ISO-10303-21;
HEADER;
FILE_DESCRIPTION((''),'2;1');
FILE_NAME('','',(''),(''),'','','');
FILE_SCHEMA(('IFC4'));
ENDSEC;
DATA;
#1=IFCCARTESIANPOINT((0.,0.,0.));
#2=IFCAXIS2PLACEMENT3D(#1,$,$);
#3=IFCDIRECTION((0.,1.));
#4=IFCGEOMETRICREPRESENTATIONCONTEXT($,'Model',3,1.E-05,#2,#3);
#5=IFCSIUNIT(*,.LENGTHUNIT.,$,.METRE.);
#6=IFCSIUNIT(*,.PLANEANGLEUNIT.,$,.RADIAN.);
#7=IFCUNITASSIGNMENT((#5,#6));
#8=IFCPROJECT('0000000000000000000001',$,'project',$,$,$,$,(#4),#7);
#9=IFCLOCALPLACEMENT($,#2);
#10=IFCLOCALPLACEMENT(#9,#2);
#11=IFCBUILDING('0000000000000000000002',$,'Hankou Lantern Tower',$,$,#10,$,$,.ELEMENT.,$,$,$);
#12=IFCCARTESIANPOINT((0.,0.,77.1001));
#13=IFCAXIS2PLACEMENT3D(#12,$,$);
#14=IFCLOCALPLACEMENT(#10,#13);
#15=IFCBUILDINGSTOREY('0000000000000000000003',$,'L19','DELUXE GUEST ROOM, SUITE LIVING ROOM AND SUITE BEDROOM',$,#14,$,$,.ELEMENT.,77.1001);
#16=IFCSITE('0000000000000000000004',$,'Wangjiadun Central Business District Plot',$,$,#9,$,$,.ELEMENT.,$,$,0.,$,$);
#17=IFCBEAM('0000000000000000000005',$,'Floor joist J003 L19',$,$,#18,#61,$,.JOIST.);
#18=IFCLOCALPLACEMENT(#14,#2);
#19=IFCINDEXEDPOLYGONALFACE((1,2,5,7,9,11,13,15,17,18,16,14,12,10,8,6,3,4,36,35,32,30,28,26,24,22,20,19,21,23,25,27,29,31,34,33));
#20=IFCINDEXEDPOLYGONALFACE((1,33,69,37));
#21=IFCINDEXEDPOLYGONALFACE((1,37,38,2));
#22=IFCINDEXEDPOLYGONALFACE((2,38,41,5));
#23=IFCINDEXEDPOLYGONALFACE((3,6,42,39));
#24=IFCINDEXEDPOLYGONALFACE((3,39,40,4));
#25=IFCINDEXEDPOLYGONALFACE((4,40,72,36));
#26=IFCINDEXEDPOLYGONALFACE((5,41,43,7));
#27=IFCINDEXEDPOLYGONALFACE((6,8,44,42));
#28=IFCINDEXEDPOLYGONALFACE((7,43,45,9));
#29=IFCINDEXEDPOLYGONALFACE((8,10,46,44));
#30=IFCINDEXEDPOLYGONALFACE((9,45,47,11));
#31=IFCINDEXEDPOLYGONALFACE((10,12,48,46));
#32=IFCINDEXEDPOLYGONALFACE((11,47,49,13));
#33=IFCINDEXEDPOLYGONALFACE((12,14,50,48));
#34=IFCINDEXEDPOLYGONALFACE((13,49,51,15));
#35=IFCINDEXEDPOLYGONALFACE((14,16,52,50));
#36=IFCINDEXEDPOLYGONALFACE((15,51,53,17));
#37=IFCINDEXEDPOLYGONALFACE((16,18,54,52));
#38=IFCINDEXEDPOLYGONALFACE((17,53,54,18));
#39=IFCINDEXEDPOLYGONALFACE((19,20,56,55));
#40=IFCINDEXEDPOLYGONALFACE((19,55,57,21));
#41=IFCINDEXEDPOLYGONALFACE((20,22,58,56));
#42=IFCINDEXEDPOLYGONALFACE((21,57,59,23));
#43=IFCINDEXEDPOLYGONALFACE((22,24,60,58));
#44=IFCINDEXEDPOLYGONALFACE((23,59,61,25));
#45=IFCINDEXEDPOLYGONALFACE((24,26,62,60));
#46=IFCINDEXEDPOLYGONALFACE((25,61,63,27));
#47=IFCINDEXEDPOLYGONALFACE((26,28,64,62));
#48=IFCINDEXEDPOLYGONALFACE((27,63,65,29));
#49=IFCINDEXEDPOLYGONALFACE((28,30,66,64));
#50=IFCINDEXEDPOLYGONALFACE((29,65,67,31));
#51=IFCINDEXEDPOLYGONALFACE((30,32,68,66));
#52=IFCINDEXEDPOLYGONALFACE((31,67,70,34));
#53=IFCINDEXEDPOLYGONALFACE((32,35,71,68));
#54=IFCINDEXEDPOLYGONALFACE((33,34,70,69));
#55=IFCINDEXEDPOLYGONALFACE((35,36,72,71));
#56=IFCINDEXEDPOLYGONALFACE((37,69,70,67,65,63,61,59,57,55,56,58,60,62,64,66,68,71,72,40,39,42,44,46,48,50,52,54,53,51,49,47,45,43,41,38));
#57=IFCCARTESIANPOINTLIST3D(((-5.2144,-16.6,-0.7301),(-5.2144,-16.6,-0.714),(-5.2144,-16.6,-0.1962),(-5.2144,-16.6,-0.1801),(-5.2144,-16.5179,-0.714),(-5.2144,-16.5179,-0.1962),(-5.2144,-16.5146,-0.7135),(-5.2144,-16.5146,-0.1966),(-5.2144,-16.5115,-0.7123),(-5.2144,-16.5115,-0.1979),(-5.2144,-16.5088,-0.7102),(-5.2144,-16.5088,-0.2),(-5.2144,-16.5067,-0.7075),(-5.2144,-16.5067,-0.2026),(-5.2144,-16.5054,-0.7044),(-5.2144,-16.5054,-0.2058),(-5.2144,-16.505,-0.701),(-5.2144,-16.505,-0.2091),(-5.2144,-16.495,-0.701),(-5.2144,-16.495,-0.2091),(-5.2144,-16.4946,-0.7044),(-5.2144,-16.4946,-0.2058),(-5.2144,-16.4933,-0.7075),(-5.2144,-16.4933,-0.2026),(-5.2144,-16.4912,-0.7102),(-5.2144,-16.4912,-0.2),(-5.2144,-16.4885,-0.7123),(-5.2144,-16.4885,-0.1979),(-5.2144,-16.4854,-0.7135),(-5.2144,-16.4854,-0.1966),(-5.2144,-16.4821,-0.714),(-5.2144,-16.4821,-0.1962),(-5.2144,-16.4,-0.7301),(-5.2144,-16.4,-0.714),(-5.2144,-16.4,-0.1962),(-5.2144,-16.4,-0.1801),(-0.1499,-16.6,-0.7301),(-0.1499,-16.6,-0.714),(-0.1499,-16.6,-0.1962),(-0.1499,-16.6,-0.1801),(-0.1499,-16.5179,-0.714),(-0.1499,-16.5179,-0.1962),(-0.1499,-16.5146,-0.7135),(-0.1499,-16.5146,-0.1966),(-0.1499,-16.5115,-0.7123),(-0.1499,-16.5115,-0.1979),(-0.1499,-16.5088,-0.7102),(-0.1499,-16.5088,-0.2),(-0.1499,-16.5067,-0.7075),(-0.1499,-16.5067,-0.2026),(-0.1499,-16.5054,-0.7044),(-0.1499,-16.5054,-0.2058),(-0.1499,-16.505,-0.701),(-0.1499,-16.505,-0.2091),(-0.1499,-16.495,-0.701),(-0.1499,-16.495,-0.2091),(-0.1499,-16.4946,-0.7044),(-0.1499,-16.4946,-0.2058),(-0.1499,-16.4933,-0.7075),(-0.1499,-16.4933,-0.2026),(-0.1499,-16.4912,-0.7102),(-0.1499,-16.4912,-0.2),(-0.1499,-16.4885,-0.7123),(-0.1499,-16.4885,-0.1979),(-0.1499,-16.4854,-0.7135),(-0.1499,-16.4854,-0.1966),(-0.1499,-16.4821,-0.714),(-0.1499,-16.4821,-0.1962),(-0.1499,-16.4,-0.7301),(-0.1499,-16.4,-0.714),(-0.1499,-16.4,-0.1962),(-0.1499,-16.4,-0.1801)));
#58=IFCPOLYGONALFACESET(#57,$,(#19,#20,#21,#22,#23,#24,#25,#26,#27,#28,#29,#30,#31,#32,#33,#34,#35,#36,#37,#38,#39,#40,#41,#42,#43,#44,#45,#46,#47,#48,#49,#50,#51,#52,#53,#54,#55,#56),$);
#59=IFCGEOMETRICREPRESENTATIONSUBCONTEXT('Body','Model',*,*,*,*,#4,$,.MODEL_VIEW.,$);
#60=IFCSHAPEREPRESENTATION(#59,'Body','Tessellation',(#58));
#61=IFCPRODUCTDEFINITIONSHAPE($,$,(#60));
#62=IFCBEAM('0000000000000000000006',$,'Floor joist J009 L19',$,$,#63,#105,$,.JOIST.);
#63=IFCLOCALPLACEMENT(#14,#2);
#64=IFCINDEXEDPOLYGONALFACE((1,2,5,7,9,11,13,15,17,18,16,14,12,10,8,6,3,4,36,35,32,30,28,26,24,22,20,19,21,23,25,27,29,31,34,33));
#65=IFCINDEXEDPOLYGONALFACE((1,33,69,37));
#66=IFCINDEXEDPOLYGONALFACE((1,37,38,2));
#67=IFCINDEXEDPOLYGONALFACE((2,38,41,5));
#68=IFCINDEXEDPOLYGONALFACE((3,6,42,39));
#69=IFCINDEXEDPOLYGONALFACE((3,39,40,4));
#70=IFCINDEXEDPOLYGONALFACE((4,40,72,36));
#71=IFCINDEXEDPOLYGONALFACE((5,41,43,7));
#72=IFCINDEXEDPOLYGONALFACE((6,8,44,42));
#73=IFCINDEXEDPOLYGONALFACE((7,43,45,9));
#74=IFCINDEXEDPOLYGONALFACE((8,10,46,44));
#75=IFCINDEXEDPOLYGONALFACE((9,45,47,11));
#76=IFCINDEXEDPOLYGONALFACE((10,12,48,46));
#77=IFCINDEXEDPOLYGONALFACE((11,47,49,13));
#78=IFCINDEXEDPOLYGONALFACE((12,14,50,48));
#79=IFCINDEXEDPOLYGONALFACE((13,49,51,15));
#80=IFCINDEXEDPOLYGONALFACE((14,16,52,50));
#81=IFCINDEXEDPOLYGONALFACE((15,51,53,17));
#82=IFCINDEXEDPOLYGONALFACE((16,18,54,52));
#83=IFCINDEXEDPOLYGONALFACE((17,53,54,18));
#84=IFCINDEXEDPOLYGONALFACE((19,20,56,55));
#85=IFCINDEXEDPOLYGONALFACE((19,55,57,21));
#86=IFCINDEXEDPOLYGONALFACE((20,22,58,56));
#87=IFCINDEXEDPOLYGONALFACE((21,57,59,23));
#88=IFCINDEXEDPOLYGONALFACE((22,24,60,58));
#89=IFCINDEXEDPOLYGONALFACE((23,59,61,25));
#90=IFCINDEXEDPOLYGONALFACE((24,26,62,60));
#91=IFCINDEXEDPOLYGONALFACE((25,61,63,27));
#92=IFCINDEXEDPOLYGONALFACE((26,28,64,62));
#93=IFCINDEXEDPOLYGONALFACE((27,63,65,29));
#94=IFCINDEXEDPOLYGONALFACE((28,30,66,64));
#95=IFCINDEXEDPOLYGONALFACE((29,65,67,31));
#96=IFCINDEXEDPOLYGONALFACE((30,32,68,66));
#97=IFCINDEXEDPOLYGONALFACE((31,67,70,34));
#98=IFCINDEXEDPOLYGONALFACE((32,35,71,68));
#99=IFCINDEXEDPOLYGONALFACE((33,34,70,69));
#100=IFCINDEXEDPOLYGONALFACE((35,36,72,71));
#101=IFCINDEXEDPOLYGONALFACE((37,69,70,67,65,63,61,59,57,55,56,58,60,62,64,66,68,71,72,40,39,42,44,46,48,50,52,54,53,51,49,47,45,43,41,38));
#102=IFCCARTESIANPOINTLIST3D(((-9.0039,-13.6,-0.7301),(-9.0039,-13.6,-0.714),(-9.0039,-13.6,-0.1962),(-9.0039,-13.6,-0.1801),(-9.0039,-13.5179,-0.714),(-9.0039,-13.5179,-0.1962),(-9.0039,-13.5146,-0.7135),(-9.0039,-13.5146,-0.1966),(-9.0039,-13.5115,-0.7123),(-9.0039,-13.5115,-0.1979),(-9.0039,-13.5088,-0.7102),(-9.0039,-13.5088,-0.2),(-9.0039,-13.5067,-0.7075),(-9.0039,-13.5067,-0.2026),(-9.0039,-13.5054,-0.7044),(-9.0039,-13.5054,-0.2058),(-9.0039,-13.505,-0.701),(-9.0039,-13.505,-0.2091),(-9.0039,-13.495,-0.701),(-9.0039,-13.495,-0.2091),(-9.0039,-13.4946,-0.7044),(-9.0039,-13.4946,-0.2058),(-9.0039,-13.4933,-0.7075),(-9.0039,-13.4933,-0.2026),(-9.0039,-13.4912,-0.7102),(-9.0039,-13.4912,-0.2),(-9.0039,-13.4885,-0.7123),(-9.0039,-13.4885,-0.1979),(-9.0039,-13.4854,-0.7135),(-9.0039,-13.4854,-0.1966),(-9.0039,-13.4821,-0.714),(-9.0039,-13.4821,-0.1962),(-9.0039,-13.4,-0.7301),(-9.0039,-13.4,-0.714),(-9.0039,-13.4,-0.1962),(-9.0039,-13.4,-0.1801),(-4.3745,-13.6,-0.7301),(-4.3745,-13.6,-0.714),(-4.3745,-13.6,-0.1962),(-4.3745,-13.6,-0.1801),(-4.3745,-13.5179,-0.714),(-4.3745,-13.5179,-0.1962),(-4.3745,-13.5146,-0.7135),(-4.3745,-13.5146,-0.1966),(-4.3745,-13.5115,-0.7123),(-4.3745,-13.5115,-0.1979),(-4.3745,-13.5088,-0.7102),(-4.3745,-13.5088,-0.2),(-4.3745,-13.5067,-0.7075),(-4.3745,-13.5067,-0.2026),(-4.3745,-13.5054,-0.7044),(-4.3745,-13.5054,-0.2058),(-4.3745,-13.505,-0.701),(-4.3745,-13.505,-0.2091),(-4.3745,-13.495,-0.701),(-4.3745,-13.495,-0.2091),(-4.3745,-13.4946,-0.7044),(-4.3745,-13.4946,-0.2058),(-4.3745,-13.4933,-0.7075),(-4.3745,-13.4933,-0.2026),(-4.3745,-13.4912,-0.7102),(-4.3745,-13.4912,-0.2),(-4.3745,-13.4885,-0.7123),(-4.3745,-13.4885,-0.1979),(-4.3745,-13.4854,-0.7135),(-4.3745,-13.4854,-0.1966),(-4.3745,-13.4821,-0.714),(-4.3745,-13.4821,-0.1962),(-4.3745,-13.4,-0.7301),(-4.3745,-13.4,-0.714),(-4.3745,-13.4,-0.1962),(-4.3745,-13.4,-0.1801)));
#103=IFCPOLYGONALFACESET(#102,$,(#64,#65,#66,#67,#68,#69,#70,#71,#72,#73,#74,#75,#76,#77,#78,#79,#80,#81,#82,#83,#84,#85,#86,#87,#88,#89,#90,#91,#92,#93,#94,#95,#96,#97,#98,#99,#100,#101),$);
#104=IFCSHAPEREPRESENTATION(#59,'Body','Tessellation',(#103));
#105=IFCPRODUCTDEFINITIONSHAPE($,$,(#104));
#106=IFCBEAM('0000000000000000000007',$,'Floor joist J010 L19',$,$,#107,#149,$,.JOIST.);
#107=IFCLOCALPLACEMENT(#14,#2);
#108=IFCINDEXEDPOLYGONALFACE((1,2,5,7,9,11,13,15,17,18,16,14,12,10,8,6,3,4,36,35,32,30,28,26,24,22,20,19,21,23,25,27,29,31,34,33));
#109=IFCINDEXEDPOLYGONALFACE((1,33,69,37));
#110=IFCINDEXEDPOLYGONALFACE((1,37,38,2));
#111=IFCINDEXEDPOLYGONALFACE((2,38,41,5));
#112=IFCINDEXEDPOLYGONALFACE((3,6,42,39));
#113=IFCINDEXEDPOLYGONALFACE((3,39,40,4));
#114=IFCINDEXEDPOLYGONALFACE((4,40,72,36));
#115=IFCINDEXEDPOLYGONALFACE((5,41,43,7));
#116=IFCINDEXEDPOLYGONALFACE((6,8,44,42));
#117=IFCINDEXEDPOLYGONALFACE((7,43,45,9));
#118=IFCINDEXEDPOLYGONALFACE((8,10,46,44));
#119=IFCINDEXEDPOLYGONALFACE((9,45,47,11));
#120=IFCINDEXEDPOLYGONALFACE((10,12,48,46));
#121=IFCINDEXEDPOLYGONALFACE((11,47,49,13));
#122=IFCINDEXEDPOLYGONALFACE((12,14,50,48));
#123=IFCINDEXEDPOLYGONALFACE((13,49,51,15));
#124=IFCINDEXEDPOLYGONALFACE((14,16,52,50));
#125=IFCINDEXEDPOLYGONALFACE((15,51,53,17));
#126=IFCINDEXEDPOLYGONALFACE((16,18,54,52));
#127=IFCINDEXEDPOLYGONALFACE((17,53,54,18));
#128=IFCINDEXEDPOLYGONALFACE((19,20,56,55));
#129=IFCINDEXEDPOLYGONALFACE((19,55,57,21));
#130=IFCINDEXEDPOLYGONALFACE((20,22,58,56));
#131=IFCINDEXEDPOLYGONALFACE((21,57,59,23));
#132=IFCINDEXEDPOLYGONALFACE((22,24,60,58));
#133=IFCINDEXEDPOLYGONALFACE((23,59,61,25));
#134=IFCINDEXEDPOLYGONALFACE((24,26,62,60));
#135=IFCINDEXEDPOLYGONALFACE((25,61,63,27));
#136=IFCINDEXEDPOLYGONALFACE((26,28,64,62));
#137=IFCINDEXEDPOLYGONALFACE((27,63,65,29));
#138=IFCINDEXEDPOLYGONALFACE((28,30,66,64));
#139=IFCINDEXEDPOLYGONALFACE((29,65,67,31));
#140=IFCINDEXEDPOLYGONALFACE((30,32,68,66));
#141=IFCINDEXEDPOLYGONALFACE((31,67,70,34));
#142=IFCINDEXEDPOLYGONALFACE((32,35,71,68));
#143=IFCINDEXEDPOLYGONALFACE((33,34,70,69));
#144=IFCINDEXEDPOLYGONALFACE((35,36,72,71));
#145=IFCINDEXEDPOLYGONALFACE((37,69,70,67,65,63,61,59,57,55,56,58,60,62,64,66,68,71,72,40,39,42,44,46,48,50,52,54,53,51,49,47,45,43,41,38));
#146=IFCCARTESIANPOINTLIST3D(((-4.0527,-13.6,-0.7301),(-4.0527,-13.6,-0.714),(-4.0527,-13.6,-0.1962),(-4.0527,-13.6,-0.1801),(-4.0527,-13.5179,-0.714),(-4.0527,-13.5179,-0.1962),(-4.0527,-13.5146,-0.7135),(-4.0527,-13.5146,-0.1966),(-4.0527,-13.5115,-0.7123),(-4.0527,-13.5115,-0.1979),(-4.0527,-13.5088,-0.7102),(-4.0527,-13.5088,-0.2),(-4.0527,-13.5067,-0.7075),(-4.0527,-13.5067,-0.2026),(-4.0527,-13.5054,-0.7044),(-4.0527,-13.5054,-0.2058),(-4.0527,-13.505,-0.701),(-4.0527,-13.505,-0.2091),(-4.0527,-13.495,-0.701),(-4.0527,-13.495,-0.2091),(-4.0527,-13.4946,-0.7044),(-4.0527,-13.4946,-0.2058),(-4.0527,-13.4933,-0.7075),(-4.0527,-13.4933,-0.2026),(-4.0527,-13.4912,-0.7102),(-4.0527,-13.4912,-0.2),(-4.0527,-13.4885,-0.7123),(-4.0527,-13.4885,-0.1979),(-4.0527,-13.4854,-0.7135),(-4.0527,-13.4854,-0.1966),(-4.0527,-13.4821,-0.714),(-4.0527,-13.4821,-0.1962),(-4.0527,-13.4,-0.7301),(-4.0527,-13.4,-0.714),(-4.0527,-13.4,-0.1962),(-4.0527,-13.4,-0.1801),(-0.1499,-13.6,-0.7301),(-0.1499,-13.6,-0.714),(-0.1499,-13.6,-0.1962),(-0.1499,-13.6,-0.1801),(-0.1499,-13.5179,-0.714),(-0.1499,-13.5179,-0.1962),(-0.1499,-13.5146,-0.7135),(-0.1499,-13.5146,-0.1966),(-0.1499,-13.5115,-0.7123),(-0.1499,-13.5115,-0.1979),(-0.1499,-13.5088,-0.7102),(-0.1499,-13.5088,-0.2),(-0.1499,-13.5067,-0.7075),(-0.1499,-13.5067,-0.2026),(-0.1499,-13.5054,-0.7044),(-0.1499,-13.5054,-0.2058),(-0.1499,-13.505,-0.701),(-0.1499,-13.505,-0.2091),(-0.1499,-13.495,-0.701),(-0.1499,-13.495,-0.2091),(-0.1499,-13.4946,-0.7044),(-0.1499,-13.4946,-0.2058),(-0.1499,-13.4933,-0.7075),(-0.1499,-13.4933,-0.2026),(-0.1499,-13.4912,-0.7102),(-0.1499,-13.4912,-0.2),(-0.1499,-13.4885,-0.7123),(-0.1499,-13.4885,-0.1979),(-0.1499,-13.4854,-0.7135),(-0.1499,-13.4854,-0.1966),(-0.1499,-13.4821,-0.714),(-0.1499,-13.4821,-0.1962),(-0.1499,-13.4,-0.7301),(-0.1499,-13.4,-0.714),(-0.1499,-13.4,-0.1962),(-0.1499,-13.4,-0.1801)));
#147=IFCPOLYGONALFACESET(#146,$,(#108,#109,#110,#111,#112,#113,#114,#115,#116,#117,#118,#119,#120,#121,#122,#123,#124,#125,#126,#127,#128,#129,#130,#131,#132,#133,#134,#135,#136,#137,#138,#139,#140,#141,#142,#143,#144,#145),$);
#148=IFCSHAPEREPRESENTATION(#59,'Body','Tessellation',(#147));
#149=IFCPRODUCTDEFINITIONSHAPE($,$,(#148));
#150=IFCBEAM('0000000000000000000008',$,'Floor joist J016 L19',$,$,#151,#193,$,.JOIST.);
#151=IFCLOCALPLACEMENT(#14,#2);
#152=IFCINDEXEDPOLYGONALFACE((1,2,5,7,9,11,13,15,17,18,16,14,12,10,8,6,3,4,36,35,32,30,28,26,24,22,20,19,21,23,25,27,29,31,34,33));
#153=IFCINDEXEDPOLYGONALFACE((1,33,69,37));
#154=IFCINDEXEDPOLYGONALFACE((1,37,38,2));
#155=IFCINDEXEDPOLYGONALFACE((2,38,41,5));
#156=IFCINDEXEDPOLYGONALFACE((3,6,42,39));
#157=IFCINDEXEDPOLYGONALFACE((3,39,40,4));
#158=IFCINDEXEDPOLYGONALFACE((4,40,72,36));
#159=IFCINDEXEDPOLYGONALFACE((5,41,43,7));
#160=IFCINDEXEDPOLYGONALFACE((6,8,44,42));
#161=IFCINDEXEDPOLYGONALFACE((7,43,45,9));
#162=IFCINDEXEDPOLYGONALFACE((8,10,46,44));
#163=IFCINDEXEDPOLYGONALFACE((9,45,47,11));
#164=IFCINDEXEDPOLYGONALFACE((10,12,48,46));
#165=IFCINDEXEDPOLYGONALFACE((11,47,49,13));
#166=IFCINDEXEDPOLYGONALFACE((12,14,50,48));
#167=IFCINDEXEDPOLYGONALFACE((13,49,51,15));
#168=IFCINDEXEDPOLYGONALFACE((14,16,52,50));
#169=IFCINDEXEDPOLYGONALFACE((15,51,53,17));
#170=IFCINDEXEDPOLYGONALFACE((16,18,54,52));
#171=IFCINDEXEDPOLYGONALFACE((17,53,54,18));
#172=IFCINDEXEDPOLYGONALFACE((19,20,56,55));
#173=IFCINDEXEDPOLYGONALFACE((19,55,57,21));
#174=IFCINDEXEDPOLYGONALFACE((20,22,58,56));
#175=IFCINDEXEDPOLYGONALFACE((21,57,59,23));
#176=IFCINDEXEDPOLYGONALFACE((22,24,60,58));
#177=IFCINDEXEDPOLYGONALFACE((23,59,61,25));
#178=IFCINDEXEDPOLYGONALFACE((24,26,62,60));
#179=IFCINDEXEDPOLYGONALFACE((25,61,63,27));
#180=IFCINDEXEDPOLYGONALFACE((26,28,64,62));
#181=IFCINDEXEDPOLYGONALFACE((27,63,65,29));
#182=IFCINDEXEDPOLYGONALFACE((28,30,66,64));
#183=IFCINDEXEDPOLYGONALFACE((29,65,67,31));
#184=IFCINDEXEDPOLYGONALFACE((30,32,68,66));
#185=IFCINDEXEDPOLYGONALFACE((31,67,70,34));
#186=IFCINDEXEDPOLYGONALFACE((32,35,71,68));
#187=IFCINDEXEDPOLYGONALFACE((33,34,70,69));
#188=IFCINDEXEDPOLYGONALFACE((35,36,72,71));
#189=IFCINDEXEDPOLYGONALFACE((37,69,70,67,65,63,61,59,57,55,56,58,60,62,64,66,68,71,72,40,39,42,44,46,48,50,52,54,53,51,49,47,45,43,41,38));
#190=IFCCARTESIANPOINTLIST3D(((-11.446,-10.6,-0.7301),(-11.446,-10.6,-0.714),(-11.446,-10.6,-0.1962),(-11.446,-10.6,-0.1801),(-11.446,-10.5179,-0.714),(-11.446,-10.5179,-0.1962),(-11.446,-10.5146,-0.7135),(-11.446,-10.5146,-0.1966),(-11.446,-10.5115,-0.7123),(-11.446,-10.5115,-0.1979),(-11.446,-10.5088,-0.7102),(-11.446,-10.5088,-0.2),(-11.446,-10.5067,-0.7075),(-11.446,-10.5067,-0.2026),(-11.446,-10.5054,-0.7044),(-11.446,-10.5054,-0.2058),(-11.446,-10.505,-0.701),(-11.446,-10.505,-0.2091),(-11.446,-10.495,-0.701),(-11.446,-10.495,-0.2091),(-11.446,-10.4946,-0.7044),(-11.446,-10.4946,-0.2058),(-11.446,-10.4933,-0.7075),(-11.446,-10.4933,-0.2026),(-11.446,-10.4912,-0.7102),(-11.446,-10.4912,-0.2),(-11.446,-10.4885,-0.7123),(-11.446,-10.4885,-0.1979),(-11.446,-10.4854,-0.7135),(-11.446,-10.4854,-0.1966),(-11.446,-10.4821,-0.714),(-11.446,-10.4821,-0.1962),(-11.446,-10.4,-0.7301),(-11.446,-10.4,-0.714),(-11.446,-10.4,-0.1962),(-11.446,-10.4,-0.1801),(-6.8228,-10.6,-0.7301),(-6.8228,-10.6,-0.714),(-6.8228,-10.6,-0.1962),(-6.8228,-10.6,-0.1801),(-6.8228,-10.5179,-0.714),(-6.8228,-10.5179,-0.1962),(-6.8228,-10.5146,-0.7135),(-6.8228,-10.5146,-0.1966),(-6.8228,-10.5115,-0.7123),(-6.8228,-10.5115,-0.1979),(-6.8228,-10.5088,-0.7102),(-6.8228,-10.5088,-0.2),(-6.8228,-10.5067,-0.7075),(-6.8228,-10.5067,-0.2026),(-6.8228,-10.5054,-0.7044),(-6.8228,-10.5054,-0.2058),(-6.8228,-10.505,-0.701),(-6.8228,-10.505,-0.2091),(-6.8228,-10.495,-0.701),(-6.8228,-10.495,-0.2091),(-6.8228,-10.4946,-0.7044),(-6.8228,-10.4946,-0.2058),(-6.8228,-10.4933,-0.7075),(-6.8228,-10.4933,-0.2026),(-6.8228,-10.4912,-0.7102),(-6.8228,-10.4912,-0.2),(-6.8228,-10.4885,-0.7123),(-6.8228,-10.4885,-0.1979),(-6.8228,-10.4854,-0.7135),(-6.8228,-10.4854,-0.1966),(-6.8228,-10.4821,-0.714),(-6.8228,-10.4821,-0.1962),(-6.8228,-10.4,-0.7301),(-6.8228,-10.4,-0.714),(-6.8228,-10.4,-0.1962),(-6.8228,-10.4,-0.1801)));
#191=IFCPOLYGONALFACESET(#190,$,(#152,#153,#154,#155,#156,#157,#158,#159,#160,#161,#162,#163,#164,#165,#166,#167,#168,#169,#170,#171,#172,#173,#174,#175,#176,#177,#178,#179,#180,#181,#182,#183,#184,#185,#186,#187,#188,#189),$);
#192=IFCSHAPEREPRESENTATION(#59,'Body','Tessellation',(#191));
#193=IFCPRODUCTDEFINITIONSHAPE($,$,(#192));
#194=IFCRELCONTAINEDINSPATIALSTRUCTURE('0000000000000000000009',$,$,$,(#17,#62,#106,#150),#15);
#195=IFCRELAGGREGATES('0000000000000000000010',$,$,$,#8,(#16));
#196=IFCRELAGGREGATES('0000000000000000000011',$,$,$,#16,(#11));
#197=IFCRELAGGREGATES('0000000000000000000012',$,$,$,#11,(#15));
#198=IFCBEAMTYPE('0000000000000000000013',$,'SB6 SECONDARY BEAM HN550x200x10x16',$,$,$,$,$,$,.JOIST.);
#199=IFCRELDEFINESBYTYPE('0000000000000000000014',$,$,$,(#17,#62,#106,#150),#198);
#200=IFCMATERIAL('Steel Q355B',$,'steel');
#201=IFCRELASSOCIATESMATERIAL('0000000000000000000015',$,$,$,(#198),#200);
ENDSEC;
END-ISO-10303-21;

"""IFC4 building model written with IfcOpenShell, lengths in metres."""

from ifc_helpers import new_model, si_unit, direction, frame, origin, origin_2d, place, context, subcontext, project, spatial, i_section, extrude, material, material_profile, profile_set, type_object, element, save


model = new_model("IFC4")

# Units and contexts
model_context = context("Model", 3, precision=1e-05, world=origin(), true_north=direction((0.0, 1.0)))
body_context = subcontext(model_context, "Body", "Model", "MODEL_VIEW")
ifc_project = project(units=[si_unit("LENGTHUNIT", "METRE"), si_unit("PLANEANGLEUNIT", "RADIAN")], contexts=[model_context])

# Site, building, storey
site_placement = place(None, origin())
site = spatial("IfcSite", under=ifc_project, at=site_placement, Name="Wangjiadun Central Business District Plot", CompositionType="ELEMENT", RefElevation=0.0)
building_placement = place(site_placement, origin())
building = spatial("IfcBuilding", under=site, at=building_placement, Name="Hankou Lantern Tower", CompositionType="ELEMENT")
storey_placement = place(building_placement, frame((0.0, 0.0, 77.1001)))
storey = spatial("IfcBuildingStorey", under=building, at=storey_placement, Name="L19", Description="DELUXE GUEST ROOM, SUITE LIVING ROOM AND SUITE BEDROOM", CompositionType="ELEMENT", Elevation=77.1001)

# Beams
ifc_material_1 = material(Name="Steel Q355B", Category="steel")
ifc_material_profile_1 = material_profile(ifc_material_1, i_section(OverallWidth=0.2, OverallDepth=0.55, WebThickness=0.01, FlangeThickness=0.0161, FilletRadius=0.0129, at=origin_2d()), Name="HN550x200x10x16")
ifc_profile_set_1 = profile_set([ifc_material_profile_1], Name="Steel Q355B")
beam_type_1 = type_object("IfcBeamType", Name="SB6 SECONDARY BEAM HN550x200x10x16", PredefinedType="JOIST", material=ifc_profile_set_1)
beam_1_placement = place(storey_placement, frame((-5.2144, -16.5, -0.4551), z_axis=(1.0, 0.0, 0.0), x_axis=(0.0, 1.0, 0.0)))
element("IfcBeam", 1, at=beam_1_placement, inside=storey, type_object=beam_type_1, Name="Floor joist J003 L19", PredefinedType="JOIST", context=body_context, shape_type="SweptSolid", body=[
    extrude(i_section(OverallWidth=0.2, OverallDepth=0.55, WebThickness=0.01, FlangeThickness=0.0161, FilletRadius=0.0129, at=origin_2d()), origin(), (0.0, 0.0, 1.0), 5.0645),
])
beam_2_placement = place(storey_placement, frame((-9.0039, -13.5, -0.4551), z_axis=(1.0, 0.0, 0.0), x_axis=(0.0, 1.0, 0.0)))
element("IfcBeam", 2, at=beam_2_placement, inside=storey, type_object=beam_type_1, Name="Floor joist J009 L19", PredefinedType="JOIST", context=body_context, shape_type="SweptSolid", body=[
    extrude(i_section(OverallWidth=0.2, OverallDepth=0.55, WebThickness=0.01, FlangeThickness=0.0161, FilletRadius=0.0129, at=origin_2d()), origin(), (0.0, 0.0, 1.0), 4.6294),
])
beam_3_placement = place(storey_placement, frame((-4.0527, -13.5, -0.4551), z_axis=(1.0, 0.0, 0.0), x_axis=(0.0, 1.0, 0.0)))
element("IfcBeam", 3, at=beam_3_placement, inside=storey, type_object=beam_type_1, Name="Floor joist J010 L19", PredefinedType="JOIST", context=body_context, shape_type="SweptSolid", body=[
    extrude(i_section(OverallWidth=0.2, OverallDepth=0.55, WebThickness=0.01, FlangeThickness=0.0161, FilletRadius=0.0129, at=origin_2d()), origin(), (0.0, 0.0, 1.0), 3.9028),
])
beam_4_placement = place(storey_placement, frame((-11.446, -10.5, -0.4551), z_axis=(1.0, 0.0, 0.0), x_axis=(0.0, 1.0, 0.0)))
element("IfcBeam", 4, at=beam_4_placement, inside=storey, type_object=beam_type_1, Name="Floor joist J016 L19", PredefinedType="JOIST", context=body_context, shape_type="SweptSolid", body=[
    extrude(i_section(OverallWidth=0.2, OverallDepth=0.55, WebThickness=0.01, FlangeThickness=0.0161, FilletRadius=0.0129, at=origin_2d()), origin(), (0.0, 0.0, 1.0), 4.6233),
])

save(model, "model.ifc")
